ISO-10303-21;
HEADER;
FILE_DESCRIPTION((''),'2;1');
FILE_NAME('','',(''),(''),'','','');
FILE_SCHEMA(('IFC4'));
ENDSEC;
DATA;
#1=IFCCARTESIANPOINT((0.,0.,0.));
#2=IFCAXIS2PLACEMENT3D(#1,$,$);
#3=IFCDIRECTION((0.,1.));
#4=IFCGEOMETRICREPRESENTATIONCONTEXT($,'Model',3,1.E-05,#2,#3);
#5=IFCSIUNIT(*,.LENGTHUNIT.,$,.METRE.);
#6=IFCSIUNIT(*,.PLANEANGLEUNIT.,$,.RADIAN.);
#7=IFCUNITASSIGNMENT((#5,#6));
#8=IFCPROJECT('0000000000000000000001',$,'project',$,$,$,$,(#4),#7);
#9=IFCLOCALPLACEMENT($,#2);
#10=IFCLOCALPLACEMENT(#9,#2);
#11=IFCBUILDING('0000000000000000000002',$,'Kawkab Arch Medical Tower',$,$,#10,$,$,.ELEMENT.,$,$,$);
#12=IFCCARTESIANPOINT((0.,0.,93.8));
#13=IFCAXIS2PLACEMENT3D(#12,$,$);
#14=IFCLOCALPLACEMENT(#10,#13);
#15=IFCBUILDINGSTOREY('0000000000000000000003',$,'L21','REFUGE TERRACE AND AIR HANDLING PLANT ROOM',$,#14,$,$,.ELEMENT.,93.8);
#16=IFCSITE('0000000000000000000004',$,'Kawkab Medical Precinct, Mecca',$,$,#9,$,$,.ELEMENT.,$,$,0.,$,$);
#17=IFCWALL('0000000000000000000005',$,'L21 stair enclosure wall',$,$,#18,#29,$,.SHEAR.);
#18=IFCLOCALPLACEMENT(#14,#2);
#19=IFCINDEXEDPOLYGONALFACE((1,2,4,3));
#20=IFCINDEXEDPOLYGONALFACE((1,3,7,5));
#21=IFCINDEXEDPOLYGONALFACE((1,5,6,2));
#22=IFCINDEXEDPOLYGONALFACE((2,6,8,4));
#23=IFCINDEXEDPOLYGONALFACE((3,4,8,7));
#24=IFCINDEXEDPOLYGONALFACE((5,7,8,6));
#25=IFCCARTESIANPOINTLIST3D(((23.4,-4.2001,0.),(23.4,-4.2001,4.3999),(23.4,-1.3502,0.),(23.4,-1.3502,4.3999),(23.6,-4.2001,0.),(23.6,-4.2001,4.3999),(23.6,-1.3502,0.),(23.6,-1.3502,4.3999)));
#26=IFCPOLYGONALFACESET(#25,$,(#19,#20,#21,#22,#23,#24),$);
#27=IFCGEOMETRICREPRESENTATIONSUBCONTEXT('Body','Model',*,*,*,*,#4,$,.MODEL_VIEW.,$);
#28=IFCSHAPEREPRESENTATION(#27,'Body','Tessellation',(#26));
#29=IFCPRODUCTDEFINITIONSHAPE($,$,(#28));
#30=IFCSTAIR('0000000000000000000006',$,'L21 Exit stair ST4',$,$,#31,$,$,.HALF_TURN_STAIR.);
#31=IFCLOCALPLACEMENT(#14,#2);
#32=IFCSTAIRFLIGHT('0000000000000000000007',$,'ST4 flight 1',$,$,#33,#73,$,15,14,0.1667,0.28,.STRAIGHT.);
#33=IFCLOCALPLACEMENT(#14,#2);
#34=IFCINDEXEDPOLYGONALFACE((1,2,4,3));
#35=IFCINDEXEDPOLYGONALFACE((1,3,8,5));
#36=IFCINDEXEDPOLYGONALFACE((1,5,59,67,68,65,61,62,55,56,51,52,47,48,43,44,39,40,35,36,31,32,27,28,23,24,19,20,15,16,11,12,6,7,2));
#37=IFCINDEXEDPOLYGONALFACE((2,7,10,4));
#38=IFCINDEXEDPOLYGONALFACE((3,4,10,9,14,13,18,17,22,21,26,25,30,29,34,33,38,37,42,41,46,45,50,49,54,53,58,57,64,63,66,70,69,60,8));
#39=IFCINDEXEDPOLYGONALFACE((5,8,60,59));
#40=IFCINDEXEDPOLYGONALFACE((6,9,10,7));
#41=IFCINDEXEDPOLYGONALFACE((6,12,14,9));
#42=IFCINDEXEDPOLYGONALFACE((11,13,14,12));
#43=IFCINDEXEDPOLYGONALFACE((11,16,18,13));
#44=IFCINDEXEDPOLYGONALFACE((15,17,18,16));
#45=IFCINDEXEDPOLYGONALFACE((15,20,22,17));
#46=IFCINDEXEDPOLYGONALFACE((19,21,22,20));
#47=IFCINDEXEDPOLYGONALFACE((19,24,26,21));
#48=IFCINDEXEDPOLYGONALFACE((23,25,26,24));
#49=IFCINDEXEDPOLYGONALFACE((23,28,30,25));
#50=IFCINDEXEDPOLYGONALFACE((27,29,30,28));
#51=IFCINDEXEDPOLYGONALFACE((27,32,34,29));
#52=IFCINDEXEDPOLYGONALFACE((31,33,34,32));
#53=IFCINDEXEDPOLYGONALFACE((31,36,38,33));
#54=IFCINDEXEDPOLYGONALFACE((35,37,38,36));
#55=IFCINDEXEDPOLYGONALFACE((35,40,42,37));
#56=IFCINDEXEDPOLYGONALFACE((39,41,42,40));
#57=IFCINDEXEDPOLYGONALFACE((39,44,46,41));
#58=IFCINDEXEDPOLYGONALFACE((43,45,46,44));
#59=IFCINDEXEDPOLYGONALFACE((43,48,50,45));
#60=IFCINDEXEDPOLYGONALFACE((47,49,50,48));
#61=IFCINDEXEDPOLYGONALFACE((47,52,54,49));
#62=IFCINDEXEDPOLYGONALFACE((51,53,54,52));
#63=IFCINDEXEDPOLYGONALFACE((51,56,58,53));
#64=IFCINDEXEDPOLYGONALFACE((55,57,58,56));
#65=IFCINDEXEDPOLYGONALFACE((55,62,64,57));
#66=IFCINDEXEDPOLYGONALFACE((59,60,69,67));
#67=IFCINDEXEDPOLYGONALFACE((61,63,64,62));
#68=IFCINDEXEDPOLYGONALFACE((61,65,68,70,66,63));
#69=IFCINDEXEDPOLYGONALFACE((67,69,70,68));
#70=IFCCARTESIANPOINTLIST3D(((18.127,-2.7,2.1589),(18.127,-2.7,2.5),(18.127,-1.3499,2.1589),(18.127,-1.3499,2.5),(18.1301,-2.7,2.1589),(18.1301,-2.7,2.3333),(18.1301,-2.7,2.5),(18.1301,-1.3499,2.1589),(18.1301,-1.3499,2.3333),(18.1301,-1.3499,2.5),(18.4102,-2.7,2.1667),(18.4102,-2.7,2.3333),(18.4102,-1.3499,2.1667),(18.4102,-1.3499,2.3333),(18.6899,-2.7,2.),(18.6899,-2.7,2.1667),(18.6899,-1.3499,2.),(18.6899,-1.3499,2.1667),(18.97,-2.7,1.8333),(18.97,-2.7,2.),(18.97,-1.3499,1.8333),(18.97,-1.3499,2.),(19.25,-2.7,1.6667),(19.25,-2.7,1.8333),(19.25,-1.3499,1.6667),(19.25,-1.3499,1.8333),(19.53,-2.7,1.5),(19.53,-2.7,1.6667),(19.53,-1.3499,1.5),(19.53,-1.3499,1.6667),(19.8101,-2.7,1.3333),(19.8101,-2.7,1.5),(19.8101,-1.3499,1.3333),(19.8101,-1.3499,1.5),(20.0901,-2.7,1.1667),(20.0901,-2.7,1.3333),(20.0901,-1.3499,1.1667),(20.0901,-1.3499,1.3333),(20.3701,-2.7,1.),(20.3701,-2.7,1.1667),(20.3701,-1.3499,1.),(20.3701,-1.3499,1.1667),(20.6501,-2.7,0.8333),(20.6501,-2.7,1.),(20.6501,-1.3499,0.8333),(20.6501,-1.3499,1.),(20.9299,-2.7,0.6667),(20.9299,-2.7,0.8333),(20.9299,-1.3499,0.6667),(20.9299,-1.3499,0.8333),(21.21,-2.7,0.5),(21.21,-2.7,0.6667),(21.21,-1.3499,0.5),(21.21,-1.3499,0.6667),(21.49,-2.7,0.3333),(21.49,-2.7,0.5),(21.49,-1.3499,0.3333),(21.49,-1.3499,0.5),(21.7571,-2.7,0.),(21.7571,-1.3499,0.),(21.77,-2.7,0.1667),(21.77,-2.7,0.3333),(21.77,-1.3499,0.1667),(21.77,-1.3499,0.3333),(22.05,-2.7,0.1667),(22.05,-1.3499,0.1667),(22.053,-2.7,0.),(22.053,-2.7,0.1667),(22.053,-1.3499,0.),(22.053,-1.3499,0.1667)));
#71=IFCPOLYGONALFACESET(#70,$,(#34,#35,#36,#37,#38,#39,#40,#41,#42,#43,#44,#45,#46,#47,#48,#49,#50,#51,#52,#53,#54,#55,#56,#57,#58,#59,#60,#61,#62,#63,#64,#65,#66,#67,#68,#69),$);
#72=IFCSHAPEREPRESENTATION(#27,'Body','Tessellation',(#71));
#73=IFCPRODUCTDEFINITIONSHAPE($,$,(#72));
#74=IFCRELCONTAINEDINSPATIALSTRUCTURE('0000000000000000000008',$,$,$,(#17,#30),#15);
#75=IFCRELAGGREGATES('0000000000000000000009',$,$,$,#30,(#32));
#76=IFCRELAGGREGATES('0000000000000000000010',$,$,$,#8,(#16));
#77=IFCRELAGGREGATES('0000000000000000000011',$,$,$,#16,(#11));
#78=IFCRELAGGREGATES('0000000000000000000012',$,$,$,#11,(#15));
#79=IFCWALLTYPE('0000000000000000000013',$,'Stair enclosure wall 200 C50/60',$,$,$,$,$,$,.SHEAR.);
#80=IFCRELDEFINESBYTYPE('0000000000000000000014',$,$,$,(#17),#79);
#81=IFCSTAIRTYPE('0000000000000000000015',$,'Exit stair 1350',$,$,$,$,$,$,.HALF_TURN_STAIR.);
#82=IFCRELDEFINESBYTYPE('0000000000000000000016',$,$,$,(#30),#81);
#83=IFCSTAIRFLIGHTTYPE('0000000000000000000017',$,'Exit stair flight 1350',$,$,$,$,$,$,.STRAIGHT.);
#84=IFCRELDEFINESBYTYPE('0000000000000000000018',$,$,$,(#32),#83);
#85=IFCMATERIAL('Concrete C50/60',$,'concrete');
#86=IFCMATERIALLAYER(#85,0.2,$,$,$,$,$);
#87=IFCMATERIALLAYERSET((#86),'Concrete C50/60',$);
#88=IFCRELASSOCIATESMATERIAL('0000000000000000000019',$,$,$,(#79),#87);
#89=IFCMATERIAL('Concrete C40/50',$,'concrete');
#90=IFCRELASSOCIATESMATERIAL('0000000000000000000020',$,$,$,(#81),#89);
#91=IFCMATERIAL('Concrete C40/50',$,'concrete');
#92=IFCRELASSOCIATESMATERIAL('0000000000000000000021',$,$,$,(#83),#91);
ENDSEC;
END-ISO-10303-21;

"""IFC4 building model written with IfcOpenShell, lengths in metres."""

from ifc_helpers import new_model, si_unit, direction, frame, frame_2d, origin, place, context, subcontext, project, spatial, polyline, rectangle, outline, extrude, material, layer, layer_set, type_object, element, aggregate, save


model = new_model("IFC4")

# Units and contexts
model_context = context("Model", 3, precision=1e-05, world=origin(), true_north=direction((0.0, 1.0)))
body_context = subcontext(model_context, "Body", "Model", "MODEL_VIEW")
ifc_project = project(units=[si_unit("LENGTHUNIT", "METRE"), si_unit("PLANEANGLEUNIT", "RADIAN")], contexts=[model_context])

# Site, building, storey
site_placement = place(None, origin())
site = spatial("IfcSite", under=ifc_project, at=site_placement, Name="Kawkab Medical Precinct, Mecca", CompositionType="ELEMENT", RefElevation=0.0)
building_placement = place(site_placement, origin())
building = spatial("IfcBuilding", under=site, at=building_placement, Name="Kawkab Arch Medical Tower", CompositionType="ELEMENT")
storey_placement = place(building_placement, frame((0.0, 0.0, 93.8)))
storey = spatial("IfcBuildingStorey", under=building, at=storey_placement, Name="L21", Description="REFUGE TERRACE AND AIR HANDLING PLANT ROOM", CompositionType="ELEMENT", Elevation=93.8)

# Wall
ifc_material_1 = material(Name="Concrete C50/60", Category="concrete")
ifc_layer_1 = layer(ifc_material_1, 0.2)
ifc_layer_set_1 = layer_set([ifc_layer_1], Name="Concrete C50/60")
wall_type_1 = type_object("IfcWallType", Name="Stair enclosure wall 200 C50/60", PredefinedType="SHEAR", material=ifc_layer_set_1)
wall_1_placement = place(storey_placement, frame((23.5, -4.2, 0.0), z_axis=(0.0, 0.0, 1.0), x_axis=(0.0, 1.0, 0.0)))
element("IfcWall", 1, at=wall_1_placement, inside=storey, type_object=wall_type_1, Name="L21 stair enclosure wall", PredefinedType="SHEAR", context=body_context, shape_type="SweptSolid", body=[
    extrude(rectangle(XDim=2.8499, YDim=0.2, at=frame_2d((1.4248, 0.0))), origin(), (0.0, 0.0, 1.0), 4.3999),
])

# Stair, stair flight
ifc_material_2 = material(Name="Concrete C40/50", Category="concrete")
stair_type = type_object("IfcStairType", Name="Exit stair 1350", PredefinedType="HALF_TURN_STAIR", material=ifc_material_2)
stair_placement = place(storey_placement, origin())
stair = element("IfcStair", 2, at=stair_placement, inside=storey, type_object=stair_type, Name="L21 Exit stair ST4", PredefinedType="HALF_TURN_STAIR")
ifc_material_3 = material(Name="Concrete C40/50", Category="concrete")
stair_flight_type = type_object("IfcStairFlightType", Name="Exit stair flight 1350", PredefinedType="STRAIGHT", material=ifc_material_3)
stair_flight_placement = place(storey_placement, frame((22.05, -2.0249, 0.0), z_axis=(0.0, 0.0, 1.0), x_axis=(-1.0, 0.0, 0.0)))
stair_flight = element("IfcStairFlight", 3, at=stair_flight_placement, type_object=stair_flight_type, Name="ST4 flight 1", NumberOfRisers=15, NumberOfTreads=14, PredefinedType="STRAIGHT", RiserHeight=0.1667, TreadLength=0.28, context=body_context, shape_type="SweptSolid", body=[
    extrude(outline(polyline([(-0.0029, 0.0), (-0.0029, 0.1667), (0.0, 0.1667), (0.28, 0.1667), (0.28, 0.3333), (0.5601, 0.3333), (0.5601, 0.5), (0.8401, 0.5), (0.8401, 0.6667), (1.1201, 0.6667), (1.1201, 0.8333), (1.3999, 0.8333), (1.3999, 1.0), (1.6799, 1.0), (1.6799, 1.1667), (1.96, 1.1667), (1.96, 1.3333), (2.24, 1.3333), (2.24, 1.5), (2.52, 1.5), (2.52, 1.6667), (2.8, 1.6667), (2.8, 1.8333), (3.0801, 1.8333), (3.0801, 2.0), (3.3601, 2.0), (3.3601, 2.1667), (3.6399, 2.1667), (3.6399, 2.3333), (3.9199, 2.3333), (3.9199, 2.5), (3.9231, 2.5), (3.9231, 2.1589), (3.9199, 2.1589), (0.293, 0.0), (-0.0029, 0.0)])), frame((0.0, 0.675, 0.0), z_axis=(0.0, -1.0, 0.0), x_axis=(1.0, 0.0, 0.0)), (0.0, 0.0, 1.0), 1.3501),
])
aggregate(stair, [stair_flight])

save(model, "model.ifc")
